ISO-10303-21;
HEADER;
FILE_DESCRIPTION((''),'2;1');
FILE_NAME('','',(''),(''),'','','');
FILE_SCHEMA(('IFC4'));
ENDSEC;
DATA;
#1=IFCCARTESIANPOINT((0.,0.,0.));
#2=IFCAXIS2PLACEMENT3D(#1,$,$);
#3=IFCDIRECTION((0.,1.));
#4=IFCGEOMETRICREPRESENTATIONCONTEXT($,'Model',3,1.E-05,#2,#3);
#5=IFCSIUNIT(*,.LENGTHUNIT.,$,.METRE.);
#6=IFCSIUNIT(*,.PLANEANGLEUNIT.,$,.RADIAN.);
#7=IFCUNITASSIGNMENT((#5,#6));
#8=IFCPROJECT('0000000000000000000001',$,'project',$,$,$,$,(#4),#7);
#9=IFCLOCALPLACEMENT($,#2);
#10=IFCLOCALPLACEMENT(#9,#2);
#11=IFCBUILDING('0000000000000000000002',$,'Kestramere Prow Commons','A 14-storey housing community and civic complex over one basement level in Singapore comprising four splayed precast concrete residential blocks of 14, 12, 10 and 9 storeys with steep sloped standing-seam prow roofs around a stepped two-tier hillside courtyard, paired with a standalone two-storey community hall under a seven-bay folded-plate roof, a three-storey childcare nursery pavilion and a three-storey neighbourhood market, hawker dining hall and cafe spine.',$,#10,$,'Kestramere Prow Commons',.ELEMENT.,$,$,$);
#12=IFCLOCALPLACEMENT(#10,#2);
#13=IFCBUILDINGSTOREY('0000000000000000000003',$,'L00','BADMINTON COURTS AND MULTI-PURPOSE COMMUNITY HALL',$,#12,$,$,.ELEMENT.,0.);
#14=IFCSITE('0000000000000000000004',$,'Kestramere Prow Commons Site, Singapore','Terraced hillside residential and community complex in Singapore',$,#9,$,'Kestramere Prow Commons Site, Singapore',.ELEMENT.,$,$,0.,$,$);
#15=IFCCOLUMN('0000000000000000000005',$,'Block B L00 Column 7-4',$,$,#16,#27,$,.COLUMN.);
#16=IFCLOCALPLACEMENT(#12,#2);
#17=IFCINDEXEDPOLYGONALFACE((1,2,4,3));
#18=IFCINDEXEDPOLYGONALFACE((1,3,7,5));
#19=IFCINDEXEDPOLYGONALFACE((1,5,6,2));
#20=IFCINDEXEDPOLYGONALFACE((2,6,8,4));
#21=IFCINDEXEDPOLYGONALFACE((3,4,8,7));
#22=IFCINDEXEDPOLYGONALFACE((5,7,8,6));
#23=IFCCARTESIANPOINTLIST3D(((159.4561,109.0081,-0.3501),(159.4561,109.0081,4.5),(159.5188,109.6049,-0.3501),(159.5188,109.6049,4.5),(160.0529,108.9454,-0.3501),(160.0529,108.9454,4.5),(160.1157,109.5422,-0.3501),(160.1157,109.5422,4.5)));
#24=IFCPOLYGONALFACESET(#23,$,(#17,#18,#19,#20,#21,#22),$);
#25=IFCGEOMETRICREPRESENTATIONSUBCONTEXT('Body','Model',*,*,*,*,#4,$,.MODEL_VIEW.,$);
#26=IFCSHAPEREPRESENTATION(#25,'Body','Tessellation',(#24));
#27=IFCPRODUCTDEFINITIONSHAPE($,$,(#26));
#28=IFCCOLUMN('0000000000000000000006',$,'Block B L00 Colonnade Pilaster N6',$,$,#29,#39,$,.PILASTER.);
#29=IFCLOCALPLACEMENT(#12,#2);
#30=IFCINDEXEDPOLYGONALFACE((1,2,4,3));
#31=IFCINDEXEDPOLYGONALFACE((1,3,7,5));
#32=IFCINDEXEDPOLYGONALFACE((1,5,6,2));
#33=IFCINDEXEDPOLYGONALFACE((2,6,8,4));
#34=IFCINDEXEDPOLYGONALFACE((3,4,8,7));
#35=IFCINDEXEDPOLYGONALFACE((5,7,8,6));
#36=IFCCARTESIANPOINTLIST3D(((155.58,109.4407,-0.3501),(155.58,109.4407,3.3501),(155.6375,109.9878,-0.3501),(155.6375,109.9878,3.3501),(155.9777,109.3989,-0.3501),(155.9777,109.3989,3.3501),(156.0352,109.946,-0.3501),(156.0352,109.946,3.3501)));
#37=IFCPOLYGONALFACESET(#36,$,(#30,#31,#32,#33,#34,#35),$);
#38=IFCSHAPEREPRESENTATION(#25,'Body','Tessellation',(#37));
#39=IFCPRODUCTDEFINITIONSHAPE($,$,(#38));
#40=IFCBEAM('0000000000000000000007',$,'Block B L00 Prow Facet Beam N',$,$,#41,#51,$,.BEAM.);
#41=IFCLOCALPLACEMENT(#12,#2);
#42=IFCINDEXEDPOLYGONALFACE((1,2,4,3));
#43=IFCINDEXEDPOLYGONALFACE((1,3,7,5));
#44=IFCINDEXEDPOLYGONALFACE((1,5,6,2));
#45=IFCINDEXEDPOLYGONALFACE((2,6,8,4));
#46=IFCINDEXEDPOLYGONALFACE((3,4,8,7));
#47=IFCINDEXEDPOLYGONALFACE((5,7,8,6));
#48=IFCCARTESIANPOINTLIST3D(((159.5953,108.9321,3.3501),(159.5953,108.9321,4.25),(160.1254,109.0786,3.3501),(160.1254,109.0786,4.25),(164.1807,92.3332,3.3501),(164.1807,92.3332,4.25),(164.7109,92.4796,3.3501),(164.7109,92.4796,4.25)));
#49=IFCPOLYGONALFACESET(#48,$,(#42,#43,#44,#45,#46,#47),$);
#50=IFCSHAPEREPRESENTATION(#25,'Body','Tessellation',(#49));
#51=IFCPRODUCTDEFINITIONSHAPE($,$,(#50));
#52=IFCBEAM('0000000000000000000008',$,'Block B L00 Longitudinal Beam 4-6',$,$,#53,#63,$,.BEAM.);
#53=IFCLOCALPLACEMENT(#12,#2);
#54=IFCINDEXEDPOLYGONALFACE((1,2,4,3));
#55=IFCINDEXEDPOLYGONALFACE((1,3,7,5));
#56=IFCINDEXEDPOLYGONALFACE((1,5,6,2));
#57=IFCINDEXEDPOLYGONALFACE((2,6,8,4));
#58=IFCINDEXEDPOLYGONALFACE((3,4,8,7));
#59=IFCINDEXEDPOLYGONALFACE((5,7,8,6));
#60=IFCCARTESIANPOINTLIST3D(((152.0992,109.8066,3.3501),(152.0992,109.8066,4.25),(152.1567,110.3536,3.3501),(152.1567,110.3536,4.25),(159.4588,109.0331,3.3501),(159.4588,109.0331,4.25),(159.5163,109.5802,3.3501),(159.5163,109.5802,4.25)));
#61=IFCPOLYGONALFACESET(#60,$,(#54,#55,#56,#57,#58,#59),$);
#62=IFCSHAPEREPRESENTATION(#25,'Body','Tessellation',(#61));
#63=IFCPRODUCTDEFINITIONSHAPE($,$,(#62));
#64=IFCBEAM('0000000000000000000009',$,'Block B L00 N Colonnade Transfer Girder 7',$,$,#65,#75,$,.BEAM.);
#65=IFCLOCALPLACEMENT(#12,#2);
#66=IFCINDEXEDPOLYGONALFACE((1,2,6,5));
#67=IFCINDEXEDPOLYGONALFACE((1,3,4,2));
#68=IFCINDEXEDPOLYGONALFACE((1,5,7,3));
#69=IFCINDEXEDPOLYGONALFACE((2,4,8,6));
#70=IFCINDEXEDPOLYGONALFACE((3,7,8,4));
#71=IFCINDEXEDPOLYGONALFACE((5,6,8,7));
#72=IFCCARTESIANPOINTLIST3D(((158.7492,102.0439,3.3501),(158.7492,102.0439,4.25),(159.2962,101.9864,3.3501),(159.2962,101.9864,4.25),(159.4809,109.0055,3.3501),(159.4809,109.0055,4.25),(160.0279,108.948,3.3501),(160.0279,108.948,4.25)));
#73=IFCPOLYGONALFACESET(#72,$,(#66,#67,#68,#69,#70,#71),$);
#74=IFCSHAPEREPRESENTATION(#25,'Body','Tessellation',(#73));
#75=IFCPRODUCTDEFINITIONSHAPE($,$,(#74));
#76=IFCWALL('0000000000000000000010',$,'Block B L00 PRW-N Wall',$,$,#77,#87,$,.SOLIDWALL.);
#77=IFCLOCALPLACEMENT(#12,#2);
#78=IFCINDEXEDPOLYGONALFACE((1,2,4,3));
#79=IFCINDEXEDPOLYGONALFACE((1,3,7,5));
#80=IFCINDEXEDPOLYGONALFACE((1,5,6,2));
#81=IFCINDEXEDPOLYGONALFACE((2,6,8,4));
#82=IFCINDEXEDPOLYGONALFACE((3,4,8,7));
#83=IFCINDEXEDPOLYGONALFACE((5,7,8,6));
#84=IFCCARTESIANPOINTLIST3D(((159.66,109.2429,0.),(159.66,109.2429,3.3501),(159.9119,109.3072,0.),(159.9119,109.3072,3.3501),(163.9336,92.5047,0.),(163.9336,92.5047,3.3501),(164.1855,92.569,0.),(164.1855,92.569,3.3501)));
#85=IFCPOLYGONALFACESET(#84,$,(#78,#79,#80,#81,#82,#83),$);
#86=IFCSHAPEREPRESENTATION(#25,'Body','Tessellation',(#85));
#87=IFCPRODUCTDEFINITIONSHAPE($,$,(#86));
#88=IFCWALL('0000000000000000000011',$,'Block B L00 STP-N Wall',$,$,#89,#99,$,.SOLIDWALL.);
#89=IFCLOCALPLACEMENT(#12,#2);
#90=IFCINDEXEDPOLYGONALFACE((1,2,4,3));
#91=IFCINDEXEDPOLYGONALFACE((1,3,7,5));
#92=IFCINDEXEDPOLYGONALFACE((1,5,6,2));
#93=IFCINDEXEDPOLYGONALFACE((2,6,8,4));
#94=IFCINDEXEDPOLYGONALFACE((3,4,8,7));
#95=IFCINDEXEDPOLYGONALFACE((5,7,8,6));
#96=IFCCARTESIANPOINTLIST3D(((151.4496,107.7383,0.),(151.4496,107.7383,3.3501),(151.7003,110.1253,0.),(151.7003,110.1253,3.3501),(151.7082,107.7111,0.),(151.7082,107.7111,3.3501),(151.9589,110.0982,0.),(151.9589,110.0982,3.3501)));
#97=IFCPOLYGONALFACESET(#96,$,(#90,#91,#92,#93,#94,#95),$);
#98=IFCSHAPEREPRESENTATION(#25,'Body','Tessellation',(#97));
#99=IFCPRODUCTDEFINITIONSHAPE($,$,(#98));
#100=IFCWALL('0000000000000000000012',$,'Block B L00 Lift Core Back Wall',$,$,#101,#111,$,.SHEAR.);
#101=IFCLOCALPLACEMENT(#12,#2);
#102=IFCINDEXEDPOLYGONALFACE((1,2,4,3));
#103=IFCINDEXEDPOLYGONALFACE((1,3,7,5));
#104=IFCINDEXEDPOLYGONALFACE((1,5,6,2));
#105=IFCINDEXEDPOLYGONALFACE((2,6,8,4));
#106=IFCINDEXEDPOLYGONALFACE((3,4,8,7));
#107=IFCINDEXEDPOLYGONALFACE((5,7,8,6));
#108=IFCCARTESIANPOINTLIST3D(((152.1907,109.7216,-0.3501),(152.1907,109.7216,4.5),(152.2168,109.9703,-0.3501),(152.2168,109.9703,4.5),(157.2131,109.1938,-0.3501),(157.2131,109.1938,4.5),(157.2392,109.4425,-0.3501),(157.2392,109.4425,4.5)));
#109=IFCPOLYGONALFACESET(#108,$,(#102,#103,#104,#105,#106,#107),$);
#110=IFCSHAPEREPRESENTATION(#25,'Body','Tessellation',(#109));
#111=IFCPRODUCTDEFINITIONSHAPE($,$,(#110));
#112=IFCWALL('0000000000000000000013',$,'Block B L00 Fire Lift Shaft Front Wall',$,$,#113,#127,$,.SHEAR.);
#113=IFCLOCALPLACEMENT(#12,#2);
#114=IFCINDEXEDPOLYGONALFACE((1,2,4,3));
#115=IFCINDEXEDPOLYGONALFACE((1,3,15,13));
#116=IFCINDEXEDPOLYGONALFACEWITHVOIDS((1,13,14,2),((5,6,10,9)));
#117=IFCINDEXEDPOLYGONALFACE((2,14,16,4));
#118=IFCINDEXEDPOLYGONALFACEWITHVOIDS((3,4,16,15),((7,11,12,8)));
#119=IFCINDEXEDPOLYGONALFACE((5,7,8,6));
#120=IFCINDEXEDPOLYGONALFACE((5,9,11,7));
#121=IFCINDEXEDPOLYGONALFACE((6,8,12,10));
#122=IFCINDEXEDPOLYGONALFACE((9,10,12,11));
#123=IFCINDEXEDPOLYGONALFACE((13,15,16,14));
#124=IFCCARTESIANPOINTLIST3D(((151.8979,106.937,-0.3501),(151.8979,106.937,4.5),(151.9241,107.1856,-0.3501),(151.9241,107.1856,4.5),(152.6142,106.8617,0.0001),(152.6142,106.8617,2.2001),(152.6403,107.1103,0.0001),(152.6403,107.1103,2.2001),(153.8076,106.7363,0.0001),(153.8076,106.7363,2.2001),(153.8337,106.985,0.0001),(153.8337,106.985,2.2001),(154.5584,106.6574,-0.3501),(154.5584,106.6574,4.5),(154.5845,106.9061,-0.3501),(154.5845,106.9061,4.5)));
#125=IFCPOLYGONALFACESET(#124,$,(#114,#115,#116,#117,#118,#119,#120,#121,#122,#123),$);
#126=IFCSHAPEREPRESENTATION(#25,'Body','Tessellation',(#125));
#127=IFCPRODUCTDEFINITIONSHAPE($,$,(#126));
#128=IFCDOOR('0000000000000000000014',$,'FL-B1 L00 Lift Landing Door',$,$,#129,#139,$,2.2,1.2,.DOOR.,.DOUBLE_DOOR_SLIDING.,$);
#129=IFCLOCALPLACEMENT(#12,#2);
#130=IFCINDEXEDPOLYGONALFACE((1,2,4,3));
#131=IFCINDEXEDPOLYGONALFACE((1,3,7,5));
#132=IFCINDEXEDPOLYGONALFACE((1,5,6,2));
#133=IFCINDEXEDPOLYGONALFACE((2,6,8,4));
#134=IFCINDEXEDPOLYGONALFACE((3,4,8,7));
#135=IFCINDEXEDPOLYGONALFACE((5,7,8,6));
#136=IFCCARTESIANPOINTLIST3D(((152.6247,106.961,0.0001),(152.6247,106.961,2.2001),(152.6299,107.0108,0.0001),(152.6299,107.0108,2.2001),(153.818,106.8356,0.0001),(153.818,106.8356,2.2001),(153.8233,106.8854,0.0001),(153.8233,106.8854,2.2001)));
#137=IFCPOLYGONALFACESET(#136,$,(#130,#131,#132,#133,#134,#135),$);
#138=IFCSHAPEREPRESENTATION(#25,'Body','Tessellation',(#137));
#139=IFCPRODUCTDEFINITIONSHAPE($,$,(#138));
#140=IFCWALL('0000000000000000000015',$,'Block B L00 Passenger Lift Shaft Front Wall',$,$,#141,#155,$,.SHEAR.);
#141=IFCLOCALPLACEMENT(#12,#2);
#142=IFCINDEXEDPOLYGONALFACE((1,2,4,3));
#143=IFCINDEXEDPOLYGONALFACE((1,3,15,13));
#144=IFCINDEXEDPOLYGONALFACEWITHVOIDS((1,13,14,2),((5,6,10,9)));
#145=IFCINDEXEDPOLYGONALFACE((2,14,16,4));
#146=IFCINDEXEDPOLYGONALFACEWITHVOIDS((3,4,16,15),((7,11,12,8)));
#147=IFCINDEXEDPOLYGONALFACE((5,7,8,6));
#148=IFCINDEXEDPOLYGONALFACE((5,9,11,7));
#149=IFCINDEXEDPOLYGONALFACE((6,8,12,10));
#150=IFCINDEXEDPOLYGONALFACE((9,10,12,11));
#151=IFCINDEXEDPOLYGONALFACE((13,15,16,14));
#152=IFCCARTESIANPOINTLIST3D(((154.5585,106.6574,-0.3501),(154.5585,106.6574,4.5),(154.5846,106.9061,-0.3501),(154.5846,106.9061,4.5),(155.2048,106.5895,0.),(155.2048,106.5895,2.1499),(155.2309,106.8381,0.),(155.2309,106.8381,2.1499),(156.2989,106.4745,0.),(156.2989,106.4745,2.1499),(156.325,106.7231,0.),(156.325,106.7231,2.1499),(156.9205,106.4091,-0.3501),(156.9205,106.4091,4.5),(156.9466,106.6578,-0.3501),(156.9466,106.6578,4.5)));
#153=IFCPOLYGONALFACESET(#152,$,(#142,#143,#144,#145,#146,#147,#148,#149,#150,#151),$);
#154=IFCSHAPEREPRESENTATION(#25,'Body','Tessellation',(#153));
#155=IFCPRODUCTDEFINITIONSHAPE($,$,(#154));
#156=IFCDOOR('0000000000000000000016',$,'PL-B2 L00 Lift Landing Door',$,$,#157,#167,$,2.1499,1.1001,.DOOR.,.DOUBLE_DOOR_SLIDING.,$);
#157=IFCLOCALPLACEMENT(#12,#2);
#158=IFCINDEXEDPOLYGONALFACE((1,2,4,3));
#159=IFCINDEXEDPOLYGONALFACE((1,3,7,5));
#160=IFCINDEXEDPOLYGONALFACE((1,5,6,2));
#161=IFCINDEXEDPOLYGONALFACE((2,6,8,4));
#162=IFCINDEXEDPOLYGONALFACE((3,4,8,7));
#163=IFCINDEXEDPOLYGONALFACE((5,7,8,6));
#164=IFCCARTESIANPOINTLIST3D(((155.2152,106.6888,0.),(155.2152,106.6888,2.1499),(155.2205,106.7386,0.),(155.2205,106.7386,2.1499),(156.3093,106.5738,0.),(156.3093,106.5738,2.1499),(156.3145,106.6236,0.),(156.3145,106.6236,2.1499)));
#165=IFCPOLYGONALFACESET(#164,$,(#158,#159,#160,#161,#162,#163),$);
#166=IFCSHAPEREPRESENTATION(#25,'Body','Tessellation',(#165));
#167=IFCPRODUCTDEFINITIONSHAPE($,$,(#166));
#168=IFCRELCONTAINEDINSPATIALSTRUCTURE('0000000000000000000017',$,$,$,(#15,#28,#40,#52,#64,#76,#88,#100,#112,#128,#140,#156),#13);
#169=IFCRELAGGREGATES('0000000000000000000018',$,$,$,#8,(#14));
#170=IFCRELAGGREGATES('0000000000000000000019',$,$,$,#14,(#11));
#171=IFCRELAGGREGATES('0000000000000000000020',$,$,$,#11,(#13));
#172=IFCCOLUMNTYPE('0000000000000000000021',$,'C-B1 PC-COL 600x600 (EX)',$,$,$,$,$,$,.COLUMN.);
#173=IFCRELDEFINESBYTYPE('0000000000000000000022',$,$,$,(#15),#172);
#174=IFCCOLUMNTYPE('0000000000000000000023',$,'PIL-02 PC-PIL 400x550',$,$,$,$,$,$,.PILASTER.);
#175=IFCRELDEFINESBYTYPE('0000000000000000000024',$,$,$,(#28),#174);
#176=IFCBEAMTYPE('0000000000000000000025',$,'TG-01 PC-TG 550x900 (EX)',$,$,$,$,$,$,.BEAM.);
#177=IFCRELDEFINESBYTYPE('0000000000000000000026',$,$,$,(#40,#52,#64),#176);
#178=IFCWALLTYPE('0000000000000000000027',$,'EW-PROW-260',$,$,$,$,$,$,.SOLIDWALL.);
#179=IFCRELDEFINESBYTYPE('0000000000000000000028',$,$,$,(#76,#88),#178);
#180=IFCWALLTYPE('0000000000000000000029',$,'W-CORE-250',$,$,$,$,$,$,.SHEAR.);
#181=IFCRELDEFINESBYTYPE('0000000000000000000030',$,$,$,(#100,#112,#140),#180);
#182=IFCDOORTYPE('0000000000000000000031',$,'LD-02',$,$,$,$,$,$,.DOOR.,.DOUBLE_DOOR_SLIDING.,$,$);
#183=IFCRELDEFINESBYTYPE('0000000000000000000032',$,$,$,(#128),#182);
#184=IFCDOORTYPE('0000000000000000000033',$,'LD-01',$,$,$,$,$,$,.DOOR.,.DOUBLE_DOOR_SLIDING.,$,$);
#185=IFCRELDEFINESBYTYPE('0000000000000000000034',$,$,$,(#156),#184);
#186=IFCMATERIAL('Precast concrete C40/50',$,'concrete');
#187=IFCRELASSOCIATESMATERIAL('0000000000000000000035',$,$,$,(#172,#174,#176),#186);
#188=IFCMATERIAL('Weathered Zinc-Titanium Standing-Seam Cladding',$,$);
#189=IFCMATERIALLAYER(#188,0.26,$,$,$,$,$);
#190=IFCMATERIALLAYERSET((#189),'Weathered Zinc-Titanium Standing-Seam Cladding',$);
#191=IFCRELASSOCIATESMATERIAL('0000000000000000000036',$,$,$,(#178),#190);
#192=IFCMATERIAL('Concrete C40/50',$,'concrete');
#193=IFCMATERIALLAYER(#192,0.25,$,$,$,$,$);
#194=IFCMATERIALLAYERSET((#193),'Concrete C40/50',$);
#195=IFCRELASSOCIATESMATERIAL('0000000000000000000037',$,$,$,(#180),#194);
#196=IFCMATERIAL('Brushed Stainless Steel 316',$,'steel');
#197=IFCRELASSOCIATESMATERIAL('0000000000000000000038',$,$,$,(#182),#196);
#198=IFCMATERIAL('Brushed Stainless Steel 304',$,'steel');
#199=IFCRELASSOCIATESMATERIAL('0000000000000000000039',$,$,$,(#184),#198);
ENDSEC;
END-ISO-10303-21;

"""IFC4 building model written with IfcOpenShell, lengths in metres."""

from ifc_helpers import new_model, si_unit, direction, frame, frame_2d, origin, origin_2d, place, context, subcontext, project, spatial, rectangle, extrude, material, layer, layer_set, material_profile, profile_set, type_object, element, fill, save


model = new_model("IFC4")

# Units and contexts
model_context = context("Model", 3, precision=1e-05, world=origin(), true_north=direction((0.0, 1.0)))
body_context = subcontext(model_context, "Body", "Model", "MODEL_VIEW")
ifc_project = project(units=[si_unit("LENGTHUNIT", "METRE"), si_unit("PLANEANGLEUNIT", "RADIAN")], contexts=[model_context])

# Site, building, storey
site_placement = place(None, origin())
site = spatial("IfcSite", under=ifc_project, at=site_placement, Name="Kestramere Prow Commons Site, Singapore", Description="Terraced hillside residential and community complex in Singapore", LongName="Kestramere Prow Commons Site, Singapore", CompositionType="ELEMENT", RefElevation=0.0)
building_placement = place(site_placement, origin())
building = spatial("IfcBuilding", under=site, at=building_placement, Name="Kestramere Prow Commons", Description="A 14-storey housing community and civic complex over one basement level in Singapore comprising four splayed precast concrete residential blocks of 14, 12, 10 and 9 storeys with steep sloped standing-seam prow roofs around a stepped two-tier hillside courtyard, paired with a standalone two-storey community hall under a seven-bay folded-plate roof, a three-storey childcare nursery pavilion and a three-storey neighbourhood market, hawker dining hall and cafe spine.", LongName="Kestramere Prow Commons", CompositionType="ELEMENT")
storey_placement = place(building_placement, origin())
storey = spatial("IfcBuildingStorey", under=building, at=storey_placement, Name="L00", Description="BADMINTON COURTS AND MULTI-PURPOSE COMMUNITY HALL", CompositionType="ELEMENT", Elevation=0.0)

# Columns
ifc_material_1 = material(Name="Precast concrete C40/50", Category="concrete")
ifc_material_profile_1 = material_profile(ifc_material_1, rectangle(XDim=0.6001, YDim=0.6001, at=origin_2d()), Name="PC-COL 600x600")
ifc_profile_set_1 = profile_set([ifc_material_profile_1], Name="Precast concrete C40/50")
column_type_1 = type_object("IfcColumnType", Name="C-B1 PC-COL 600x600 (EX)", PredefinedType="COLUMN", material=ifc_profile_set_1)
for number, where, z_axis, x_axis, name in (
    (1, (159.7859, 109.2751, -0.3501), (0.0, 0.0, 1.0), (0.994522, -0.104528, 0.0), "Block B L00 Column 7-4"),
):
    element("IfcColumn", number, at=place(storey_placement, frame(where, z_axis=z_axis, x_axis=x_axis)), inside=storey, type_object=column_type_1, Name=name, PredefinedType="COLUMN", context=body_context, shape_type="SweptSolid", body=[
        extrude(rectangle(XDim=0.6001, YDim=0.6001, at=origin_2d()), origin(), (0.0, 0.0, 1.0), 4.8501),
    ])
ifc_material_profile_2 = material_profile(ifc_material_1, rectangle(XDim=0.3999, YDim=0.55, at=origin_2d()), Name="PC-PIL 400x550")
ifc_profile_set_2 = profile_set([ifc_material_profile_2], Name="Precast concrete C40/50")
column_type_2 = type_object("IfcColumnType", Name="PIL-02 PC-PIL 400x550", PredefinedType="PILASTER", material=ifc_profile_set_2)
column_placement = place(storey_placement, frame((155.8076, 109.6934, -0.3501), z_axis=(0.0, 0.0, 1.0), x_axis=(0.994522, -0.104528, 0.0)))
element("IfcColumn", 2, at=column_placement, inside=storey, type_object=column_type_2, Name="Block B L00 Colonnade Pilaster N6", PredefinedType="PILASTER", context=body_context, shape_type="SweptSolid", body=[
    extrude(rectangle(XDim=0.3999, YDim=0.55, at=origin_2d()), origin(), (0.0, 0.0, 1.0), 3.7002),
])

# Beams
ifc_material_profile_3 = material_profile(ifc_material_1, rectangle(XDim=0.55, YDim=0.8999, at=origin_2d()), Name="PC-TG 550x900")
ifc_profile_set_3 = profile_set([ifc_material_profile_3], Name="Precast concrete C40/50")
beam_type = type_object("IfcBeamType", Name="TG-01 PC-TG 550x900 (EX)", PredefinedType="BEAM", material=ifc_profile_set_3)
beam_1_placement = place(storey_placement, frame((159.8604, 109.0054, 3.8), z_axis=(0.266277, -0.963897, 0.0), x_axis=(0.963897, 0.266277, 0.0)))
element("IfcBeam", 3, at=beam_1_placement, inside=storey, type_object=beam_type, Name="Block B L00 Prow Facet Beam N", PredefinedType="BEAM", context=body_context, shape_type="SweptSolid", body=[
    extrude(rectangle(XDim=0.55, YDim=0.8999, at=origin_2d()), origin(), (0.0, 0.0, 1.0), 17.2207),
])
beam_2_placement = place(storey_placement, frame((152.1279, 110.0801, 3.8), z_axis=(0.994523, -0.104516, 0.0), x_axis=(0.104516, 0.994523, 0.0)))
element("IfcBeam", 4, at=beam_2_placement, inside=storey, type_object=beam_type, Name="Block B L00 Longitudinal Beam 4-6", PredefinedType="BEAM", context=body_context, shape_type="SweptSolid", body=[
    extrude(rectangle(XDim=0.55, YDim=0.8999, at=origin_2d()), origin(), (0.0, 0.0, 1.0), 7.4001),
])
beam_3_placement = place(storey_placement, frame((159.0227, 102.0151, 3.8), z_axis=(0.104527, 0.994522, 0.0), x_axis=(-0.994522, 0.104527, 0.0)))
element("IfcBeam", 5, at=beam_3_placement, inside=storey, type_object=beam_type, Name="Block B L00 N Colonnade Transfer Girder 7", PredefinedType="BEAM", context=body_context, shape_type="SweptSolid", body=[
    extrude(rectangle(XDim=0.55, YDim=0.8999, at=origin_2d()), origin(), (0.0, 0.0, 1.0), 7.0),
])

# Walls
ifc_material_2 = material(Name="Weathered Zinc-Titanium Standing-Seam Cladding")
ifc_layer_1 = layer(ifc_material_2, 0.26)
ifc_layer_set_1 = layer_set([ifc_layer_1], Name="Weathered Zinc-Titanium Standing-Seam Cladding")
wall_type_1 = type_object("IfcWallType", Name="EW-PROW-260", PredefinedType="SOLIDWALL", material=ifc_layer_set_1)
wall_1_placement = place(storey_placement, frame((159.7859, 109.2751, 0.0), z_axis=(0.0, 0.0, 1.0), x_axis=(0.247387, -0.968917, 0.0)))
element("IfcWall", 6, at=wall_1_placement, inside=storey, type_object=wall_type_1, Name="Block B L00 PRW-N Wall", PredefinedType="SOLIDWALL", context=body_context, shape_type="SweptSolid", body=[
    extrude(rectangle(XDim=17.2751, YDim=0.26, at=frame_2d((8.6377, 0.0))), origin(), (0.0, 0.0, 1.0), 3.3501),
])
wall_2_placement = place(storey_placement, frame((151.5789, 107.7246, 0.0), z_axis=(0.0, 0.0, 1.0), x_axis=(0.104468, 0.994528, 0.0)))
element("IfcWall", 7, at=wall_2_placement, inside=storey, type_object=wall_type_1, Name="Block B L00 STP-N Wall", PredefinedType="SOLIDWALL", context=body_context, shape_type="SweptSolid", body=[
    extrude(rectangle(XDim=2.4001, YDim=0.26, at=frame_2d((1.2002, 0.0))), origin(), (0.0, 0.0, 1.0), 3.3501),
])

# Wall
ifc_material_3 = material(Name="Concrete C40/50", Category="concrete")
ifc_layer_2 = layer(ifc_material_3, 0.25)
ifc_layer_set_2 = layer_set([ifc_layer_2], Name="Concrete C40/50")
wall_type_2 = type_object("IfcWallType", Name="W-CORE-250", PredefinedType="SHEAR", material=ifc_layer_set_2)
wall_3_placement = place(storey_placement, frame((152.2039, 109.8459, -0.3501), z_axis=(0.0, 0.0, 1.0), x_axis=(0.994523, -0.104519, 0.0)))
element("IfcWall", 8, at=wall_3_placement, inside=storey, type_object=wall_type_2, Name="Block B L00 Lift Core Back Wall", PredefinedType="SHEAR", context=body_context, shape_type="SweptSolid", body=[
    extrude(rectangle(XDim=5.05, YDim=0.25, at=frame_2d((2.5249, 0.0))), origin(), (0.0, 0.0, 1.0), 4.8501),
])

# Walls, openings, doors
wall_4_placement = place(storey_placement, frame((151.9111, 107.0613, -0.3501), z_axis=(0.0, 0.0, 1.0), x_axis=(0.994525, -0.1045, 0.0)))
wall_4 = element("IfcWall", 9, at=wall_4_placement, inside=storey, type_object=wall_type_2, Name="Block B L00 Fire Lift Shaft Front Wall", PredefinedType="SHEAR", context=body_context, shape_type="SweptSolid", body=[
    extrude(rectangle(XDim=2.675, YDim=0.25, at=frame_2d((1.3374, 0.0))), origin(), (0.0, 0.0, 1.0), 4.8501),
])
opening_1_placement = place(wall_4_placement, frame((0.72, 0.0, 0.3501)))
opening_1 = element("IfcOpeningElement", 10, at=opening_1_placement, cuts=wall_4, PredefinedType="OPENING", context=body_context, shape_type="SweptSolid", body=[
    extrude(rectangle(XDim=1.2, YDim=2.2, at=frame_2d((0.6001, 1.1001))), frame((0.0, 0.1399, 0.0), z_axis=(0.0, -1.0, 0.0), x_axis=(1.0, 0.0, 0.0)), (0.0, 0.0, 1.0), 0.28),
])
ifc_material_4 = material(Name="Brushed Stainless Steel 316", Category="steel")
door_type_1 = type_object("IfcDoorType", Name="LD-02", OperationType="DOUBLE_DOOR_SLIDING", PredefinedType="DOOR", material=ifc_material_4)
door_1_placement = place(opening_1_placement, origin())
door_1 = element("IfcDoor", 11, at=door_1_placement, inside=storey, type_object=door_type_1, Name="FL-B1 L00 Lift Landing Door", OperationType="DOUBLE_DOOR_SLIDING", OverallHeight=2.2, OverallWidth=1.2, PredefinedType="DOOR", context=body_context, shape_type="SweptSolid", body=[
    extrude(rectangle(XDim=1.2, YDim=2.2, at=frame_2d((0.6001, 1.1001))), frame((0.0, 0.0249, 0.0), z_axis=(0.0, -1.0, 0.0), x_axis=(1.0, 0.0, 0.0)), (0.0, 0.0, 1.0), 0.05),
])
fill(opening_1, door_1)
wall_5_placement = place(storey_placement, frame((154.5715, 106.7817, -0.3501), z_axis=(0.0, 0.0, 1.0), x_axis=(0.994521, -0.10454, 0.0)))
wall_5 = element("IfcWall", 12, at=wall_5_placement, inside=storey, type_object=wall_type_2, Name="Block B L00 Passenger Lift Shaft Front Wall", PredefinedType="SHEAR", context=body_context, shape_type="SweptSolid", body=[
    extrude(rectangle(XDim=2.375, YDim=0.25, at=frame_2d((1.1875, 0.0))), origin(), (0.0, 0.0, 1.0), 4.8501),
])
opening_2_placement = place(wall_5_placement, frame((0.6499, 0.0, 0.3501)))
opening_2 = element("IfcOpeningElement", 13, at=opening_2_placement, cuts=wall_5, PredefinedType="OPENING", context=body_context, shape_type="SweptSolid", body=[
    extrude(rectangle(XDim=1.1001, YDim=2.1499, at=frame_2d((0.55, 1.075))), frame((0.0, 0.1399, 0.0), z_axis=(0.0, -1.0, 0.0), x_axis=(1.0, 0.0, 0.0)), (0.0, 0.0, 1.0), 0.28),
])
ifc_material_5 = material(Name="Brushed Stainless Steel 304", Category="steel")
door_type_2 = type_object("IfcDoorType", Name="LD-01", OperationType="DOUBLE_DOOR_SLIDING", PredefinedType="DOOR", material=ifc_material_5)
door_2_placement = place(opening_2_placement, origin())
door_2 = element("IfcDoor", 14, at=door_2_placement, inside=storey, type_object=door_type_2, Name="PL-B2 L00 Lift Landing Door", OperationType="DOUBLE_DOOR_SLIDING", OverallHeight=2.1499, OverallWidth=1.1001, PredefinedType="DOOR", context=body_context, shape_type="SweptSolid", body=[
    extrude(rectangle(XDim=1.1001, YDim=2.1499, at=frame_2d((0.55, 1.075))), frame((0.0, 0.0249, 0.0), z_axis=(0.0, -1.0, 0.0), x_axis=(1.0, 0.0, 0.0)), (0.0, 0.0, 1.0), 0.05),
])
fill(opening_2, door_2)

save(model, "model.ifc")
